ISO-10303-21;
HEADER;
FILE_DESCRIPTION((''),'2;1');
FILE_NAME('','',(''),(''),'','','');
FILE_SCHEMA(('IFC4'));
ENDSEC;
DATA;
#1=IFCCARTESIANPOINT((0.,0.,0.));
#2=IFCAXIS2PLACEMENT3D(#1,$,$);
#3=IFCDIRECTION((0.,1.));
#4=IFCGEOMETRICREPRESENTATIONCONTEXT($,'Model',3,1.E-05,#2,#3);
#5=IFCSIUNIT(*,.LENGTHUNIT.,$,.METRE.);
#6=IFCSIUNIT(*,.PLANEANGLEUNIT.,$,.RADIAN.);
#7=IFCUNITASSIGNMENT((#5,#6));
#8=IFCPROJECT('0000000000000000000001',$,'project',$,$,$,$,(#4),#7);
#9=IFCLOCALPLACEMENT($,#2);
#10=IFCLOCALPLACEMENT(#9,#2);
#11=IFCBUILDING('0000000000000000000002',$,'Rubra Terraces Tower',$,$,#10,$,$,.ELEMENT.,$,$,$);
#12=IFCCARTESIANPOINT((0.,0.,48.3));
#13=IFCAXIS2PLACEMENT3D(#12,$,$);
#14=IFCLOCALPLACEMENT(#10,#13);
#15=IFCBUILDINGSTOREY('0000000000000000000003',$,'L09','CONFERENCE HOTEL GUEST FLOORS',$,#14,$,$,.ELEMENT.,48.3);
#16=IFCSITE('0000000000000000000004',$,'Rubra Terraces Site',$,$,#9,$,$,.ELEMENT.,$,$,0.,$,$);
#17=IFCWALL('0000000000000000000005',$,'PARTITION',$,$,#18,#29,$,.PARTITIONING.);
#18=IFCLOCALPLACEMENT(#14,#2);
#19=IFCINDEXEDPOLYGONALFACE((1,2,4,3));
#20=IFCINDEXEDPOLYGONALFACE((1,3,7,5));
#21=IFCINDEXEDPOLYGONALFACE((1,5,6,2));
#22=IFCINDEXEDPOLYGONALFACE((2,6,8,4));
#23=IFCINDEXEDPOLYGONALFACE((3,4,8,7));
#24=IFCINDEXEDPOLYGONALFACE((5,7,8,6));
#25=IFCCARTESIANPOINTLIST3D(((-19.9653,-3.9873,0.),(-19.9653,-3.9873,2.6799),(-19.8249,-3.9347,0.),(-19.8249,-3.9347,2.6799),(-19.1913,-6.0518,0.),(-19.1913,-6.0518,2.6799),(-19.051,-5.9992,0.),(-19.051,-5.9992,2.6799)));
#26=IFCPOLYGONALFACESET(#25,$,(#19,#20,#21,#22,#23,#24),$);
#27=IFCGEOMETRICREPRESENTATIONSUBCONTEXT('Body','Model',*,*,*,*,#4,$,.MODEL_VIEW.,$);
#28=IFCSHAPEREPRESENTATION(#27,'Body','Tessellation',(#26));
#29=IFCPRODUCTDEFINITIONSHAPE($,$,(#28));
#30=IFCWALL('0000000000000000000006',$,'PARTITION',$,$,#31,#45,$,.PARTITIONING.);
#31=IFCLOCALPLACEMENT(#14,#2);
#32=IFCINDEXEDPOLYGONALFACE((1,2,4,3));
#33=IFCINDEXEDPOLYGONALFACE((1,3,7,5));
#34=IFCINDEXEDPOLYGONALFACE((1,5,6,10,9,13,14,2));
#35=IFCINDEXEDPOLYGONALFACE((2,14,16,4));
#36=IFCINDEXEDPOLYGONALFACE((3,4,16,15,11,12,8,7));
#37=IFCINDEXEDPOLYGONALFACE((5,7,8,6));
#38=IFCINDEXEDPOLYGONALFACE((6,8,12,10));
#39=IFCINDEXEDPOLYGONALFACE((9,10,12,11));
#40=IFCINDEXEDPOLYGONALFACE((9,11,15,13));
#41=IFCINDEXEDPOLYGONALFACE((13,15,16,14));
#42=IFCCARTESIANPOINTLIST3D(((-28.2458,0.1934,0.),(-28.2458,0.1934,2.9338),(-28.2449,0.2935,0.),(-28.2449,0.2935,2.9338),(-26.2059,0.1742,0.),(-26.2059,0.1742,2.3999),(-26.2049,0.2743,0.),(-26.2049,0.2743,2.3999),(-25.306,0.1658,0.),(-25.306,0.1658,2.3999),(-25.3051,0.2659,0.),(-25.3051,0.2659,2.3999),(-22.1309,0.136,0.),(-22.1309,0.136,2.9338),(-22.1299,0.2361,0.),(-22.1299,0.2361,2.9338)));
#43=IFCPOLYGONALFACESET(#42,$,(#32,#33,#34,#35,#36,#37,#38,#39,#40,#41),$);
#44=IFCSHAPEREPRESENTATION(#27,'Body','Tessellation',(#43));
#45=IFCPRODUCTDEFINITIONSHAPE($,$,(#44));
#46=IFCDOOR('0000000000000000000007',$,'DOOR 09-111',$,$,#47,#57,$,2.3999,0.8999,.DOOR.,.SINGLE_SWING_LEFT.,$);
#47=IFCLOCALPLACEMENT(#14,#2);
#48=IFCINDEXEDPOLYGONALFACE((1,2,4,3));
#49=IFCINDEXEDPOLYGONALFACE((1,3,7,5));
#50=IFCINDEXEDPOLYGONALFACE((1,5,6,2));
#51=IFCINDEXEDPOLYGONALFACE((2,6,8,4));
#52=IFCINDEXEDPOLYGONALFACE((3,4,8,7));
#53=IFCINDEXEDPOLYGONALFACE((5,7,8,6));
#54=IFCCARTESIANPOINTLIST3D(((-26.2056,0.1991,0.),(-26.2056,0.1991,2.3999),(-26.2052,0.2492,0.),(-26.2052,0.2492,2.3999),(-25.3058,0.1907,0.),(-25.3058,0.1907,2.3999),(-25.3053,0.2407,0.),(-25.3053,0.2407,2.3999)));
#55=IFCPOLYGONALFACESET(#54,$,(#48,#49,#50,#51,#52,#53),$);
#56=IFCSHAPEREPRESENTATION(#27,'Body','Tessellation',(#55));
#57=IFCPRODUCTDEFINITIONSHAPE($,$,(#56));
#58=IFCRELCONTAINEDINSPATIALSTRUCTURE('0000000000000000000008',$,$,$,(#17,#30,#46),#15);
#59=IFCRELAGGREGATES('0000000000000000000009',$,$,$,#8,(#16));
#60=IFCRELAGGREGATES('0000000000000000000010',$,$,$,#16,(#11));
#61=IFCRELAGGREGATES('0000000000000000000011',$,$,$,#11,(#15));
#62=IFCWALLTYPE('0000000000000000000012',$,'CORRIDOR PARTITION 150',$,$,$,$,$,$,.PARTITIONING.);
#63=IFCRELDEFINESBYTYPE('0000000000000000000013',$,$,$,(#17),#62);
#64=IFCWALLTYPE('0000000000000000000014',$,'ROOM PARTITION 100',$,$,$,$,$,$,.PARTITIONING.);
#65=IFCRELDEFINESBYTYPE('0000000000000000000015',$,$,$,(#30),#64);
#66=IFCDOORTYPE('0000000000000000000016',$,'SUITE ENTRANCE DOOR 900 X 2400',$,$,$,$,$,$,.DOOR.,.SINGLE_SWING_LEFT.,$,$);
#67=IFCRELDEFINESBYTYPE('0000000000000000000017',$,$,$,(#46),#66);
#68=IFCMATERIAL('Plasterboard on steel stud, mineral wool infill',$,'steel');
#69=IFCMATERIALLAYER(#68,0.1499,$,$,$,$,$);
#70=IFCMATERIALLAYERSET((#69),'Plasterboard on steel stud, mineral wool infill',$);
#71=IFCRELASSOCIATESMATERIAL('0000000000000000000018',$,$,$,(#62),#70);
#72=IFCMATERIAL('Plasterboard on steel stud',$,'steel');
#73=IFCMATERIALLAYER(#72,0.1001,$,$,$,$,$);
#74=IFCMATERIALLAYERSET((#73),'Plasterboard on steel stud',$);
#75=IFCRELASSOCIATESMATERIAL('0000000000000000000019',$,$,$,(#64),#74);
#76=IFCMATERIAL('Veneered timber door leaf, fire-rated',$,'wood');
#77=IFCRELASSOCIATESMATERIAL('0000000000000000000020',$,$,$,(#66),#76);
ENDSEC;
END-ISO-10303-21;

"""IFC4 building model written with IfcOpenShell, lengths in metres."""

from ifc_helpers import new_model, si_unit, direction, frame, frame_2d, origin, place, context, subcontext, project, spatial, rectangle, extrude, material, layer, layer_set, type_object, element, fill, save


model = new_model("IFC4")

# Units and contexts
model_context = context("Model", 3, precision=1e-05, world=origin(), true_north=direction((0.0, 1.0)))
body_context = subcontext(model_context, "Body", "Model", "MODEL_VIEW")
ifc_project = project(units=[si_unit("LENGTHUNIT", "METRE"), si_unit("PLANEANGLEUNIT", "RADIAN")], contexts=[model_context])

# Site, building, storey
site_placement = place(None, origin())
site = spatial("IfcSite", under=ifc_project, at=site_placement, Name="Rubra Terraces Site", CompositionType="ELEMENT", RefElevation=0.0)
building_placement = place(site_placement, origin())
building = spatial("IfcBuilding", under=site, at=building_placement, Name="Rubra Terraces Tower", CompositionType="ELEMENT")
storey_placement = place(building_placement, frame((0.0, 0.0, 48.3)))
storey = spatial("IfcBuildingStorey", under=building, at=storey_placement, Name="L09", Description="CONFERENCE HOTEL GUEST FLOORS", CompositionType="ELEMENT", Elevation=48.3)

# Shared definitions
ifc_material_1 = material(Name="Plasterboard on steel stud, mineral wool infill", Category="steel")
ifc_layer_1 = layer(ifc_material_1, 0.1499)
ifc_layer_set_1 = layer_set([ifc_layer_1], Name="Plasterboard on steel stud, mineral wool infill")
wall_type_1 = type_object("IfcWallType", Name="CORRIDOR PARTITION 150", PredefinedType="PARTITIONING", material=ifc_layer_set_1)

# Wall
wall_1_placement = place(storey_placement, frame((-19.1211, -6.0256, 0.0), z_axis=(0.0, 0.0, 1.0), x_axis=(-0.351026, 0.936366, 0.0)))
element("IfcWall", 1, at=wall_1_placement, inside=storey, type_object=wall_type_1, Name="PARTITION", PredefinedType="PARTITIONING", context=body_context, shape_type="SweptSolid", body=[
    extrude(rectangle(XDim=2.2048, YDim=0.1499, at=frame_2d((1.1025, 0.0))), origin(), (0.0, 0.0, 1.0), 2.6799),
])

# Wall, opening, door
ifc_material_2 = material(Name="Plasterboard on steel stud", Category="steel")
ifc_layer_2 = layer(ifc_material_2, 0.1001)
ifc_layer_set_2 = layer_set([ifc_layer_2], Name="Plasterboard on steel stud")
wall_type_2 = type_object("IfcWallType", Name="ROOM PARTITION 100", PredefinedType="PARTITIONING", material=ifc_layer_set_2)
wall_2_placement = place(storey_placement, frame((-28.2454, 0.2434, 0.0), z_axis=(0.0, 0.0, 1.0), x_axis=(0.999956, -0.009382, 0.0)))
wall_2 = element("IfcWall", 2, at=wall_2_placement, inside=storey, type_object=wall_type_2, Name="PARTITION", PredefinedType="PARTITIONING", context=body_context, shape_type="SweptSolid", body=[
    extrude(rectangle(XDim=6.1152, YDim=0.1001, at=frame_2d((3.0576, 0.0))), origin(), (0.0, 0.0, 1.0), 2.9338),
])
opening_1_placement = place(wall_2_placement, frame((2.04, 0.0, 0.0)))
opening_1 = element("IfcOpeningElement", 3, at=opening_1_placement, cuts=wall_2, PredefinedType="OPENING", context=body_context, shape_type="SweptSolid", body=[
    extrude(rectangle(XDim=0.8999, YDim=2.3999, at=frame_2d((0.45, 1.2))), frame((0.0, 0.0601, 0.0), z_axis=(0.0, -1.0, 0.0), x_axis=(1.0, 0.0, 0.0)), (0.0, 0.0, 1.0), 0.1201),
])
ifc_material_3 = material(Name="Veneered timber door leaf, fire-rated", Category="wood")
door_type_1 = type_object("IfcDoorType", Name="SUITE ENTRANCE DOOR 900 X 2400", OperationType="SINGLE_SWING_LEFT", PredefinedType="DOOR", material=ifc_material_3)
door_1_placement = place(opening_1_placement, origin())
door_1 = element("IfcDoor", 4, at=door_1_placement, inside=storey, type_object=door_type_1, Name="DOOR 09-111", OperationType="SINGLE_SWING_LEFT", OverallHeight=2.3999, OverallWidth=0.8999, PredefinedType="DOOR", context=body_context, shape_type="SweptSolid", body=[
    extrude(rectangle(XDim=0.8999, YDim=2.3999, at=frame_2d((0.45, 1.2))), frame((0.0, 0.0249, 0.0), z_axis=(0.0, -1.0, 0.0), x_axis=(1.0, 0.0, 0.0)), (0.0, 0.0, 1.0), 0.05),
])
fill(opening_1, door_1)

save(model, "model.ifc")
